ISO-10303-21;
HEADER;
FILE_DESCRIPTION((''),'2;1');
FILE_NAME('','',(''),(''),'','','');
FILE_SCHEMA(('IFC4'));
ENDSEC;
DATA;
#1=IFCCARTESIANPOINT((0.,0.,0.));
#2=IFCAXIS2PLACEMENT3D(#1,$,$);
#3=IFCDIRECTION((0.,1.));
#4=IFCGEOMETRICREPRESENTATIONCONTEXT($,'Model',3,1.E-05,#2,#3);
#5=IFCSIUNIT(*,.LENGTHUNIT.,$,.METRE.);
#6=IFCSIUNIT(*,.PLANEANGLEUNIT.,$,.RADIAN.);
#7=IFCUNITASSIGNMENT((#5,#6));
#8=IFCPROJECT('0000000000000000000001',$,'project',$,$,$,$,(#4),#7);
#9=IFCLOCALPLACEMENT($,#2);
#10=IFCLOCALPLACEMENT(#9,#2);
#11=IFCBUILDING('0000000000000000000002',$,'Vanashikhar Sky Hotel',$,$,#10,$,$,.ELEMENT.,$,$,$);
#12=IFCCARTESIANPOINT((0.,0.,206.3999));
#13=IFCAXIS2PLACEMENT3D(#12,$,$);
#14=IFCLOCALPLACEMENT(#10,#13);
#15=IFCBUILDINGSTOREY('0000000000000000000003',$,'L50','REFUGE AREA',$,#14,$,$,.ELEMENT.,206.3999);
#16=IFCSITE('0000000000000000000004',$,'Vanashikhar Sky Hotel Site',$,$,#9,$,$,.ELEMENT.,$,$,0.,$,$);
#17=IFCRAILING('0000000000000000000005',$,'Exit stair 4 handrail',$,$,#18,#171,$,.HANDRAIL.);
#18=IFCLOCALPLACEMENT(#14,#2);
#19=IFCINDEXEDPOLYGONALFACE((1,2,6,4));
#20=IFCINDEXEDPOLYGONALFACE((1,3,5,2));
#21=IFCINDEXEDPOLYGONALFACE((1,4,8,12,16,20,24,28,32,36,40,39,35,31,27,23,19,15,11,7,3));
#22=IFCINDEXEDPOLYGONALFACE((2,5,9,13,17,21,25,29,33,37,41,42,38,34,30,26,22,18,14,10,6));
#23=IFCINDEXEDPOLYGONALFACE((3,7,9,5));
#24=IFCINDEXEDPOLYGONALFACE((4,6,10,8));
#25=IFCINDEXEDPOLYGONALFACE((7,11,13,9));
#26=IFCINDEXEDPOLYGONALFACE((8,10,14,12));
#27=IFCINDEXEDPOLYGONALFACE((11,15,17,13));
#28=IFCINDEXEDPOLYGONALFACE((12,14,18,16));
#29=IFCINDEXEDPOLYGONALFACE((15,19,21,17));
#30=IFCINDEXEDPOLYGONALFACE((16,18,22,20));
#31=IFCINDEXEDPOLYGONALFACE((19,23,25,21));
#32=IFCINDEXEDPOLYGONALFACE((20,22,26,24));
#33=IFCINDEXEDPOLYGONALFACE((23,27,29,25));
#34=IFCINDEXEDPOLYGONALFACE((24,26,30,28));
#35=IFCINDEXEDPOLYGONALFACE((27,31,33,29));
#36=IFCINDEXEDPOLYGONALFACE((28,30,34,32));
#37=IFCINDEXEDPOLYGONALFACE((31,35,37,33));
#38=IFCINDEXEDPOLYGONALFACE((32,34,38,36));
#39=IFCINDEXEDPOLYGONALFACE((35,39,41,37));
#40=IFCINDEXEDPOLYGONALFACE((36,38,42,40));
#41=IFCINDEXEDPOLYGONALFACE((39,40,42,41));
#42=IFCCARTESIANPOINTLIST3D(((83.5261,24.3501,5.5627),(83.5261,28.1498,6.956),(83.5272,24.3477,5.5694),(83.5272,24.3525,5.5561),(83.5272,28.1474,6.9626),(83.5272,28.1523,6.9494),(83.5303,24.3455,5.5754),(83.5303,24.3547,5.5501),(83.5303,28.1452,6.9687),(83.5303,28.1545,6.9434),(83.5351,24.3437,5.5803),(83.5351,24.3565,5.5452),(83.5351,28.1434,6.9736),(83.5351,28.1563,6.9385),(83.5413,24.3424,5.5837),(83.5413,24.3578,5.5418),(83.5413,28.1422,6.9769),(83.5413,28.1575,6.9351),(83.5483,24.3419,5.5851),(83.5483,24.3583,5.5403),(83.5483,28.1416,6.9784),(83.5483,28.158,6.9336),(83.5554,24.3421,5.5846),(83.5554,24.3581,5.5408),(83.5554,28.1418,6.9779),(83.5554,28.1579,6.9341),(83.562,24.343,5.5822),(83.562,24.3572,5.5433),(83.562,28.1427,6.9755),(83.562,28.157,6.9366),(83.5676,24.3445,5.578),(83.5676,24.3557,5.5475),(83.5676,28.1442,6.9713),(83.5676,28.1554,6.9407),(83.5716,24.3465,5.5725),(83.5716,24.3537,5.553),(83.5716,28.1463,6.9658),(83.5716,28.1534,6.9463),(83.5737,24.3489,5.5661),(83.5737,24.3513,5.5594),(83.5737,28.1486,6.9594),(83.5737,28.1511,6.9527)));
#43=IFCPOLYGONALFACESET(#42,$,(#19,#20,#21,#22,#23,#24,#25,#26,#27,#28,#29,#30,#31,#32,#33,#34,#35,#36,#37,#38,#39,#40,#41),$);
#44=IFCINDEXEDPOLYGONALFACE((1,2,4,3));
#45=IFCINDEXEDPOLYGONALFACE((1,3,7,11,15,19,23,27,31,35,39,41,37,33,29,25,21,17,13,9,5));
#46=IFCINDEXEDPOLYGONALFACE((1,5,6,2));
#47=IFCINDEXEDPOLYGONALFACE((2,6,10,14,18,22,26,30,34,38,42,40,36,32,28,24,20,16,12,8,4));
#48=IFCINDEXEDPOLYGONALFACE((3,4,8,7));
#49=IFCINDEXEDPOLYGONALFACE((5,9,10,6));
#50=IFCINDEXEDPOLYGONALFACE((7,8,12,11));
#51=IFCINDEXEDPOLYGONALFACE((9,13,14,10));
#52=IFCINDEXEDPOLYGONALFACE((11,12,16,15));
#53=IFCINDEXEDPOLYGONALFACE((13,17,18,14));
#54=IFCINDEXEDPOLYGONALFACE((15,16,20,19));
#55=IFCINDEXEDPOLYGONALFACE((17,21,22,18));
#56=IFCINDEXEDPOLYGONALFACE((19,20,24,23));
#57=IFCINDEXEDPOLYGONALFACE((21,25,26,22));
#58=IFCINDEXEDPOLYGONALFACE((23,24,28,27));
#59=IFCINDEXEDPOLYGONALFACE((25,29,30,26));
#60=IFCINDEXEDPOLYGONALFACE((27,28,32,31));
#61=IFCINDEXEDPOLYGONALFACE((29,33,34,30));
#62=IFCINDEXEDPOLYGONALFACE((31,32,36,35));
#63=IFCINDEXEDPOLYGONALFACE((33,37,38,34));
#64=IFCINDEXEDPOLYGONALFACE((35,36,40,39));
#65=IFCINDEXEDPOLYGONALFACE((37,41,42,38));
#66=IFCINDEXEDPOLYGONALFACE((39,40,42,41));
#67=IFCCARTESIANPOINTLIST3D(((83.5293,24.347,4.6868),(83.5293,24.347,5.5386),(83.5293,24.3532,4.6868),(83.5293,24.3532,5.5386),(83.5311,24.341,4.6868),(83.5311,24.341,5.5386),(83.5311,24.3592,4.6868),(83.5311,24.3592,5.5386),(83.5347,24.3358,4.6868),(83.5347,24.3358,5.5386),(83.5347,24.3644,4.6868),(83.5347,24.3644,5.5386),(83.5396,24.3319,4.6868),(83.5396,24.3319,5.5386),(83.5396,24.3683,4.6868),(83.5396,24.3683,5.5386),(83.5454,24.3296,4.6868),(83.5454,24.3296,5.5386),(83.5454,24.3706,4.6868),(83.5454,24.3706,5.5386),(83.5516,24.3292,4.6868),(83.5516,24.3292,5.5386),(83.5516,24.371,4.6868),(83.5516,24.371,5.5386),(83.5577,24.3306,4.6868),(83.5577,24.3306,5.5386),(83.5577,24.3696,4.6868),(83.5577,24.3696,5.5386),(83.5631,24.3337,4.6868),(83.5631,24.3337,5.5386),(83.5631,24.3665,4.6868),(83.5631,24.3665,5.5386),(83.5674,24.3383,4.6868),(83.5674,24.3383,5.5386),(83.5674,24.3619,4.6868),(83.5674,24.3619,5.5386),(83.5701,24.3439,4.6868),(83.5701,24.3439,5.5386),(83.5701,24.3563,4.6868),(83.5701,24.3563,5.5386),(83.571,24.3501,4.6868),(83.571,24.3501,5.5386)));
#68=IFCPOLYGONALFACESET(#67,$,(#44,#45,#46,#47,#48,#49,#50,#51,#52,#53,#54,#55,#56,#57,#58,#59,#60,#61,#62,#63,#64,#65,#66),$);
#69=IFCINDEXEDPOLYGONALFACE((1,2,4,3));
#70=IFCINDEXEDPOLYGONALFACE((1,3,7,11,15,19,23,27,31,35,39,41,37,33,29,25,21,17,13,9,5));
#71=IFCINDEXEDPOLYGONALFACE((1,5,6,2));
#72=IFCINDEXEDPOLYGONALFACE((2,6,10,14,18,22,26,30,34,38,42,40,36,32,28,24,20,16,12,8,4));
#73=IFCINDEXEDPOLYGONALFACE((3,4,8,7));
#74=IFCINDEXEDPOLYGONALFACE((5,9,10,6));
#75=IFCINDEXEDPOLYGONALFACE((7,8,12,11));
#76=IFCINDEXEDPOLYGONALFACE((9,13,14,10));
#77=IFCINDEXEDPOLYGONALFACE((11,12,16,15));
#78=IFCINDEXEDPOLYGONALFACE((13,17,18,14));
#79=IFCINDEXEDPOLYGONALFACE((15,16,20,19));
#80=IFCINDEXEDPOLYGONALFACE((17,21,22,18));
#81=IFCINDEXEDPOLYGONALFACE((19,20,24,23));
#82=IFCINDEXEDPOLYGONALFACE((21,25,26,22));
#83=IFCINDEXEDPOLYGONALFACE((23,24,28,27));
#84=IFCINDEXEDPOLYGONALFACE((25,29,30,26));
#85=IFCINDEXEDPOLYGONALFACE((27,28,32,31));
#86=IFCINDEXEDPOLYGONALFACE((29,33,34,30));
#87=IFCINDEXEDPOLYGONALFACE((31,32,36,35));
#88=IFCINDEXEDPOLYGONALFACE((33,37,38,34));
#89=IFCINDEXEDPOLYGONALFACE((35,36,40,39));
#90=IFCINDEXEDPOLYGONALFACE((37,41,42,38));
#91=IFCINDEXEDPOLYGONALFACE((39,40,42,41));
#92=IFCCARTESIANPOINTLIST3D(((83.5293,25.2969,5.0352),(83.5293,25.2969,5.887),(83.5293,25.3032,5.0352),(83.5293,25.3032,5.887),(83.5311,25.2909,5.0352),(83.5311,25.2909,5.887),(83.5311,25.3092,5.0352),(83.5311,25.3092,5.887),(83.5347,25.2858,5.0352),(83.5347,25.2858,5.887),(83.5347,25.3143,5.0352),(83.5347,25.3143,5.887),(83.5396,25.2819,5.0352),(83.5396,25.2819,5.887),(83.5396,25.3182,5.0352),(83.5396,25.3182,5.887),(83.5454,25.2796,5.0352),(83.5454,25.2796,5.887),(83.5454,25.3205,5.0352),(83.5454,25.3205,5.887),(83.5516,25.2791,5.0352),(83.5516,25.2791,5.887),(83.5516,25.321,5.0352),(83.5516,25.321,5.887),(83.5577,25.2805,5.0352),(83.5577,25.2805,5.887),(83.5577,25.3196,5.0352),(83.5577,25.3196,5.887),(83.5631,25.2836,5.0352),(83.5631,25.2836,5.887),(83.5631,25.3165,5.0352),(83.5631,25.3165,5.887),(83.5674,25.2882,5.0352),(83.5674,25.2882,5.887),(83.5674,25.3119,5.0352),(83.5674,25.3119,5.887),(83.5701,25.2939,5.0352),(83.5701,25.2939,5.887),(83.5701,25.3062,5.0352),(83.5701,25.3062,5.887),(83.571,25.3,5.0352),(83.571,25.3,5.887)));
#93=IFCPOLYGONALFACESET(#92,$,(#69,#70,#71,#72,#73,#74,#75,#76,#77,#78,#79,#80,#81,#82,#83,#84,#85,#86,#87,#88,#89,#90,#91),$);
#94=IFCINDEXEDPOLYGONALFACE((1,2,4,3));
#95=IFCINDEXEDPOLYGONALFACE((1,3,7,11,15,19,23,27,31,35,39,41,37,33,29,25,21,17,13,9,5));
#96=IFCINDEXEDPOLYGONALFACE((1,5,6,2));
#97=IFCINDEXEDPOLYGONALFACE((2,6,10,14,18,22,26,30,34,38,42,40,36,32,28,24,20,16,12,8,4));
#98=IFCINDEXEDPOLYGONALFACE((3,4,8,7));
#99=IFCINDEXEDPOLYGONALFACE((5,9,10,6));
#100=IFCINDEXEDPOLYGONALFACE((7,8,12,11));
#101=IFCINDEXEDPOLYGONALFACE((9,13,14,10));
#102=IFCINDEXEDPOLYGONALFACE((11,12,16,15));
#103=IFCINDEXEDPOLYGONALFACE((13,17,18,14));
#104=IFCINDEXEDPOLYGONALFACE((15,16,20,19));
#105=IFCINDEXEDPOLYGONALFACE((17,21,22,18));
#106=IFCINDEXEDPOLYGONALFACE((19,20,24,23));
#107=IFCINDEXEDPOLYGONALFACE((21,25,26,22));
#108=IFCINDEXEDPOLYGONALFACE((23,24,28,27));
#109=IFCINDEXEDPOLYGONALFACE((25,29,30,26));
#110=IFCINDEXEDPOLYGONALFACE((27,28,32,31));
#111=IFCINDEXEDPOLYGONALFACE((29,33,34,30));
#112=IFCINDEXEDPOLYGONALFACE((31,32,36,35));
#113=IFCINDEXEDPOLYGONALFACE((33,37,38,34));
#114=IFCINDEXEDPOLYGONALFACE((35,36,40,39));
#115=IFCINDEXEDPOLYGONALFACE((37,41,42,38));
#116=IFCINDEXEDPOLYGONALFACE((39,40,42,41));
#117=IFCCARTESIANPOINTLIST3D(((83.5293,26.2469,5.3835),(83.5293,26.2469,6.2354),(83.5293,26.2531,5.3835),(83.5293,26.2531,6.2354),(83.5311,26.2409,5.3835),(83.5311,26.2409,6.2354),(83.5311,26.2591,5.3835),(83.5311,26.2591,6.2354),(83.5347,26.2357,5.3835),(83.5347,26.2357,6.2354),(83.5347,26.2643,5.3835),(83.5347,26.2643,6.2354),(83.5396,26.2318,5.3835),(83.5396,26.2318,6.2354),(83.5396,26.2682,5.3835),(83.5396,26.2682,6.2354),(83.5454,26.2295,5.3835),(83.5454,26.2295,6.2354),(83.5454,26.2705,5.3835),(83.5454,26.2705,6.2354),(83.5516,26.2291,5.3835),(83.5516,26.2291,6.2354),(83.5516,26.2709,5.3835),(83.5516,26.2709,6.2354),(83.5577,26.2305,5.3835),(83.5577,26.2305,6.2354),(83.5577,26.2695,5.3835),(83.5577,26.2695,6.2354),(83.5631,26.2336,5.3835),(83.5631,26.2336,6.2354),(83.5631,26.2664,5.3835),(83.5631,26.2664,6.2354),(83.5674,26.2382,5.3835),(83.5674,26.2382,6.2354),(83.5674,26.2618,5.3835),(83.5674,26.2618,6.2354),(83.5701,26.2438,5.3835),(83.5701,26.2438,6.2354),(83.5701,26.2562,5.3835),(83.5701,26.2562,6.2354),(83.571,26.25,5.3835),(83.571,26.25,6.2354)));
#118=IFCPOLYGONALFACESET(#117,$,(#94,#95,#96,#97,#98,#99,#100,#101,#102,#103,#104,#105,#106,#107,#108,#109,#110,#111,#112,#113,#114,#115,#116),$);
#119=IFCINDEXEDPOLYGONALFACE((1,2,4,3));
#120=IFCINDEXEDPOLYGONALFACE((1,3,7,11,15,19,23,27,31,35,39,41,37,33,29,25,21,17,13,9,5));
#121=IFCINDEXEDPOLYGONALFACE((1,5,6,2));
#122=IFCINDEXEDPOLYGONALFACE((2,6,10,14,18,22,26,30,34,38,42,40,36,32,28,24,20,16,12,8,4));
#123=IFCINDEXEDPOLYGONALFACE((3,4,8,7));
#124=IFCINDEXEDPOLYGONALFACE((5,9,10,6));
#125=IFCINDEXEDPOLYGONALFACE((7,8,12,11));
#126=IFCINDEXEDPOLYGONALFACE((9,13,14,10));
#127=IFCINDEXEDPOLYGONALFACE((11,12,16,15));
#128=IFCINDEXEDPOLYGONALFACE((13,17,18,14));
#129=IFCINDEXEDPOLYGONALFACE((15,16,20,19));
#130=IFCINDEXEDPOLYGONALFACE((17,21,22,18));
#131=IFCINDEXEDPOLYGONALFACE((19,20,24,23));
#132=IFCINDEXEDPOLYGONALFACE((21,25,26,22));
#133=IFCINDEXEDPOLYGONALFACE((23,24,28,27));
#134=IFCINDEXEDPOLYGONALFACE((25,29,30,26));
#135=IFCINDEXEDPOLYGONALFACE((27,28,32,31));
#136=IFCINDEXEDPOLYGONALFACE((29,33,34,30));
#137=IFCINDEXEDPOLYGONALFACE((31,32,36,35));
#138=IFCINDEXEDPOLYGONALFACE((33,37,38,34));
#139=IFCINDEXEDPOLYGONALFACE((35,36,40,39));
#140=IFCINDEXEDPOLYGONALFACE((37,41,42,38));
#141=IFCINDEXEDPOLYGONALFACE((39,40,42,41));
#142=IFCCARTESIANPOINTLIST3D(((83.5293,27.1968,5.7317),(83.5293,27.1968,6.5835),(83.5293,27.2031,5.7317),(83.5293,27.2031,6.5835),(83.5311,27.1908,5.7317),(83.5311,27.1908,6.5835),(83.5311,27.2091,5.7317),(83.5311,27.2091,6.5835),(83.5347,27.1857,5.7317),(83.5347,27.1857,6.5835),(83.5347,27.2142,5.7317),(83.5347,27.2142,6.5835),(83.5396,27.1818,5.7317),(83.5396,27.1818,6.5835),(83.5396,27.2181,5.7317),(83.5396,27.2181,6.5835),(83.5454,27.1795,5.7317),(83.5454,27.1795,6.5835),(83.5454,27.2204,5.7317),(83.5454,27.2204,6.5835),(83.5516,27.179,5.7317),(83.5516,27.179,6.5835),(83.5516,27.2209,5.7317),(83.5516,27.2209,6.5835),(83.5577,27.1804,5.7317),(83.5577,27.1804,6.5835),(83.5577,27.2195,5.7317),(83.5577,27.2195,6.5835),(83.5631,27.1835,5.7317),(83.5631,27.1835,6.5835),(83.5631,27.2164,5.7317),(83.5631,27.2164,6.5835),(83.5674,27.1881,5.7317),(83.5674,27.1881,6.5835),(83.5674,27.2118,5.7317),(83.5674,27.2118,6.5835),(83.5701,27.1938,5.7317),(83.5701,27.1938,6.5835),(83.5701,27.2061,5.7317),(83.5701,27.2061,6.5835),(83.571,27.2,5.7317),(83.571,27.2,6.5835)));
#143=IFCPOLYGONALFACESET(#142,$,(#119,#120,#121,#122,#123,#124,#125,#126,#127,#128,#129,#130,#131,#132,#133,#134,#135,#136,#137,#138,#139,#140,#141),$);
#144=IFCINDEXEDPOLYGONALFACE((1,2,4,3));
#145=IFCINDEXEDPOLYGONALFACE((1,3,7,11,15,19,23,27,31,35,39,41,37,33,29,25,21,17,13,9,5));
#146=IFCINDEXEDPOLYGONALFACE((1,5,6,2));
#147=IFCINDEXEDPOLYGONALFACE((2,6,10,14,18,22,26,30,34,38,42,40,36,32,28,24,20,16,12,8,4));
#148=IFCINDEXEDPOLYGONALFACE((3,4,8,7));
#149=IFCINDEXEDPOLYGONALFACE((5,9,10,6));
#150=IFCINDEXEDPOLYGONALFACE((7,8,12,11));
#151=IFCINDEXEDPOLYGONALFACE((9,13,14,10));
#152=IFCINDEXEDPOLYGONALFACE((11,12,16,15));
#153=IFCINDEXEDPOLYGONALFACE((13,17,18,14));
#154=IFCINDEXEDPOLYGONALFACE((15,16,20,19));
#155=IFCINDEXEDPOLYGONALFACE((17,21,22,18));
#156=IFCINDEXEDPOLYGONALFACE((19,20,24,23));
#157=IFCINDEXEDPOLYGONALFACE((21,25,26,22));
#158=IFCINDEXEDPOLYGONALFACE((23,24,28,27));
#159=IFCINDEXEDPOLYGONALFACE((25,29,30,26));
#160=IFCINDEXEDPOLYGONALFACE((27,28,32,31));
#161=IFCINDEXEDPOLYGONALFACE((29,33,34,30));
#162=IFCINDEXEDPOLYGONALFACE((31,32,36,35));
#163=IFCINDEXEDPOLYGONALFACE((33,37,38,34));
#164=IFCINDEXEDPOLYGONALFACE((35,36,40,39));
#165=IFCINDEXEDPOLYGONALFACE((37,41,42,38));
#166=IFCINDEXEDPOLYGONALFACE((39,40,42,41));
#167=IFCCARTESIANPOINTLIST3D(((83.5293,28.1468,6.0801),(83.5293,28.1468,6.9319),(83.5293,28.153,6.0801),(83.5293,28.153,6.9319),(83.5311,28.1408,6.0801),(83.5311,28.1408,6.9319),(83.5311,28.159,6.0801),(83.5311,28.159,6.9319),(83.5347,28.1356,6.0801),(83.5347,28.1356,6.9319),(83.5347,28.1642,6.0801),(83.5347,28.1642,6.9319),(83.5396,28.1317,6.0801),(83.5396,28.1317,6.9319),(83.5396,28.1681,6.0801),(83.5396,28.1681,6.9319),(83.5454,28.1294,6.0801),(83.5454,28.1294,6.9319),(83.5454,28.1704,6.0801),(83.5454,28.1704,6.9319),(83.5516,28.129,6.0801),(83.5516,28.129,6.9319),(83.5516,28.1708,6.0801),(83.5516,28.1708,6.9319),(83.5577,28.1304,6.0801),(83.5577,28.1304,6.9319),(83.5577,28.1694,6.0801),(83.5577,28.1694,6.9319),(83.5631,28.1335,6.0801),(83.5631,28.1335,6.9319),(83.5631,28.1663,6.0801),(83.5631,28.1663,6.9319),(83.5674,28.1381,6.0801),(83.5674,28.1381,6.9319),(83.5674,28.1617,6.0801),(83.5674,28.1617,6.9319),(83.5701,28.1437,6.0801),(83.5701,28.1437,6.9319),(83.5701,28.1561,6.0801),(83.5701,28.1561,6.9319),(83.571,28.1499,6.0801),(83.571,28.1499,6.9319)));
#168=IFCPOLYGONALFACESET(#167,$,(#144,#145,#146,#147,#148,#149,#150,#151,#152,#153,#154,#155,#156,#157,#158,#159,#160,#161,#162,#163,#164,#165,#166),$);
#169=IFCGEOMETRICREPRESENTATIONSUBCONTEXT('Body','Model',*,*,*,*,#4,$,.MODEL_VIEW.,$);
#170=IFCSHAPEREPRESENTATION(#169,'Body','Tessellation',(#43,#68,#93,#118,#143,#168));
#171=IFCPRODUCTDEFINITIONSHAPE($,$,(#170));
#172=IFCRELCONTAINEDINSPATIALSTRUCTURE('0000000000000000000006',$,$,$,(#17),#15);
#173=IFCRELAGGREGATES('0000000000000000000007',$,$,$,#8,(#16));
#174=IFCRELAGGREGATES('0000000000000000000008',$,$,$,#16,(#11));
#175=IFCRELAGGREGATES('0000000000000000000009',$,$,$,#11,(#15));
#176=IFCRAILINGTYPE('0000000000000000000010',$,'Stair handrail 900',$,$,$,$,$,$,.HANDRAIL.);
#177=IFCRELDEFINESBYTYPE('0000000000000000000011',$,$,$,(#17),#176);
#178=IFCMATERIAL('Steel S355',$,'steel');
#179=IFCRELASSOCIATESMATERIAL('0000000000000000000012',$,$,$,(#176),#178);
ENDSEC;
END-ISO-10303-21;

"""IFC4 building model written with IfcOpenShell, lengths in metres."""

from ifc_helpers import new_model, si_unit, direction, frame, origin, origin_2d, place, context, subcontext, project, spatial, circle, extrude, source, transform, mapped, material, type_object, element, save


model = new_model("IFC4")

# Units and contexts
model_context = context("Model", 3, precision=1e-05, world=origin(), true_north=direction((0.0, 1.0)))
body_context = subcontext(model_context, "Body", "Model", "MODEL_VIEW")
ifc_project = project(units=[si_unit("LENGTHUNIT", "METRE"), si_unit("PLANEANGLEUNIT", "RADIAN")], contexts=[model_context])

# Site, building, storey
site_placement = place(None, origin())
site = spatial("IfcSite", under=ifc_project, at=site_placement, Name="Vanashikhar Sky Hotel Site", CompositionType="ELEMENT", RefElevation=0.0)
building_placement = place(site_placement, origin())
building = spatial("IfcBuilding", under=site, at=building_placement, Name="Vanashikhar Sky Hotel", CompositionType="ELEMENT")
storey_placement = place(building_placement, frame((0.0, 0.0, 206.3999)))
storey = spatial("IfcBuildingStorey", under=building, at=storey_placement, Name="L50", Description="REFUGE AREA", CompositionType="ELEMENT", Elevation=206.3999)

# Railing
ifc_material_1 = material(Name="Steel S355", Category="steel")
railing_type = type_object("IfcRailingType", Name="Stair handrail 900", PredefinedType="HANDRAIL", material=ifc_material_1)
shared_shape_1 = source(origin(), body_context, "Body", "SweptSolid", [
    extrude(circle(Radius=0.0239, at=origin_2d()), frame((0.0, 0.0, 0.876), z_axis=(0.0, 0.938872, 0.344265), x_axis=(-1.0, 0.0, 0.0)), (0.0, 0.0, 1.0), 4.0471),
    extrude(circle(Radius=0.021, at=origin_2d()), origin(), (0.0, 0.0, 1.0), 0.8518),
    extrude(circle(Radius=0.021, at=origin_2d()), frame((0.0, 0.95, 0.3484)), (0.0, 0.0, 1.0), 0.8518),
    extrude(circle(Radius=0.021, at=origin_2d()), frame((0.0, 1.8999, 0.6968)), (0.0, 0.0, 1.0), 0.8518),
    extrude(circle(Radius=0.021, at=origin_2d()), frame((0.0, 2.8499, 1.0449)), (0.0, 0.0, 1.0), 0.8518),
    extrude(circle(Radius=0.021, at=origin_2d()), frame((0.0, 3.7998, 1.3933)), (0.0, 0.0, 1.0), 0.8518),
])
for number, where, name in (
    (1, (83.55, 24.3501, 4.6868), "Exit stair 4 handrail"),
):
    element("IfcRailing", number, at=place(storey_placement, frame(where)), inside=storey, type_object=railing_type, Name=name, PredefinedType="HANDRAIL", context=body_context, shape_type="MappedRepresentation", body=[
        mapped(shared_shape_1, transform((0.0, 0.0, 0.0), scale=1.0)),
    ])

save(model, "model.ifc")
